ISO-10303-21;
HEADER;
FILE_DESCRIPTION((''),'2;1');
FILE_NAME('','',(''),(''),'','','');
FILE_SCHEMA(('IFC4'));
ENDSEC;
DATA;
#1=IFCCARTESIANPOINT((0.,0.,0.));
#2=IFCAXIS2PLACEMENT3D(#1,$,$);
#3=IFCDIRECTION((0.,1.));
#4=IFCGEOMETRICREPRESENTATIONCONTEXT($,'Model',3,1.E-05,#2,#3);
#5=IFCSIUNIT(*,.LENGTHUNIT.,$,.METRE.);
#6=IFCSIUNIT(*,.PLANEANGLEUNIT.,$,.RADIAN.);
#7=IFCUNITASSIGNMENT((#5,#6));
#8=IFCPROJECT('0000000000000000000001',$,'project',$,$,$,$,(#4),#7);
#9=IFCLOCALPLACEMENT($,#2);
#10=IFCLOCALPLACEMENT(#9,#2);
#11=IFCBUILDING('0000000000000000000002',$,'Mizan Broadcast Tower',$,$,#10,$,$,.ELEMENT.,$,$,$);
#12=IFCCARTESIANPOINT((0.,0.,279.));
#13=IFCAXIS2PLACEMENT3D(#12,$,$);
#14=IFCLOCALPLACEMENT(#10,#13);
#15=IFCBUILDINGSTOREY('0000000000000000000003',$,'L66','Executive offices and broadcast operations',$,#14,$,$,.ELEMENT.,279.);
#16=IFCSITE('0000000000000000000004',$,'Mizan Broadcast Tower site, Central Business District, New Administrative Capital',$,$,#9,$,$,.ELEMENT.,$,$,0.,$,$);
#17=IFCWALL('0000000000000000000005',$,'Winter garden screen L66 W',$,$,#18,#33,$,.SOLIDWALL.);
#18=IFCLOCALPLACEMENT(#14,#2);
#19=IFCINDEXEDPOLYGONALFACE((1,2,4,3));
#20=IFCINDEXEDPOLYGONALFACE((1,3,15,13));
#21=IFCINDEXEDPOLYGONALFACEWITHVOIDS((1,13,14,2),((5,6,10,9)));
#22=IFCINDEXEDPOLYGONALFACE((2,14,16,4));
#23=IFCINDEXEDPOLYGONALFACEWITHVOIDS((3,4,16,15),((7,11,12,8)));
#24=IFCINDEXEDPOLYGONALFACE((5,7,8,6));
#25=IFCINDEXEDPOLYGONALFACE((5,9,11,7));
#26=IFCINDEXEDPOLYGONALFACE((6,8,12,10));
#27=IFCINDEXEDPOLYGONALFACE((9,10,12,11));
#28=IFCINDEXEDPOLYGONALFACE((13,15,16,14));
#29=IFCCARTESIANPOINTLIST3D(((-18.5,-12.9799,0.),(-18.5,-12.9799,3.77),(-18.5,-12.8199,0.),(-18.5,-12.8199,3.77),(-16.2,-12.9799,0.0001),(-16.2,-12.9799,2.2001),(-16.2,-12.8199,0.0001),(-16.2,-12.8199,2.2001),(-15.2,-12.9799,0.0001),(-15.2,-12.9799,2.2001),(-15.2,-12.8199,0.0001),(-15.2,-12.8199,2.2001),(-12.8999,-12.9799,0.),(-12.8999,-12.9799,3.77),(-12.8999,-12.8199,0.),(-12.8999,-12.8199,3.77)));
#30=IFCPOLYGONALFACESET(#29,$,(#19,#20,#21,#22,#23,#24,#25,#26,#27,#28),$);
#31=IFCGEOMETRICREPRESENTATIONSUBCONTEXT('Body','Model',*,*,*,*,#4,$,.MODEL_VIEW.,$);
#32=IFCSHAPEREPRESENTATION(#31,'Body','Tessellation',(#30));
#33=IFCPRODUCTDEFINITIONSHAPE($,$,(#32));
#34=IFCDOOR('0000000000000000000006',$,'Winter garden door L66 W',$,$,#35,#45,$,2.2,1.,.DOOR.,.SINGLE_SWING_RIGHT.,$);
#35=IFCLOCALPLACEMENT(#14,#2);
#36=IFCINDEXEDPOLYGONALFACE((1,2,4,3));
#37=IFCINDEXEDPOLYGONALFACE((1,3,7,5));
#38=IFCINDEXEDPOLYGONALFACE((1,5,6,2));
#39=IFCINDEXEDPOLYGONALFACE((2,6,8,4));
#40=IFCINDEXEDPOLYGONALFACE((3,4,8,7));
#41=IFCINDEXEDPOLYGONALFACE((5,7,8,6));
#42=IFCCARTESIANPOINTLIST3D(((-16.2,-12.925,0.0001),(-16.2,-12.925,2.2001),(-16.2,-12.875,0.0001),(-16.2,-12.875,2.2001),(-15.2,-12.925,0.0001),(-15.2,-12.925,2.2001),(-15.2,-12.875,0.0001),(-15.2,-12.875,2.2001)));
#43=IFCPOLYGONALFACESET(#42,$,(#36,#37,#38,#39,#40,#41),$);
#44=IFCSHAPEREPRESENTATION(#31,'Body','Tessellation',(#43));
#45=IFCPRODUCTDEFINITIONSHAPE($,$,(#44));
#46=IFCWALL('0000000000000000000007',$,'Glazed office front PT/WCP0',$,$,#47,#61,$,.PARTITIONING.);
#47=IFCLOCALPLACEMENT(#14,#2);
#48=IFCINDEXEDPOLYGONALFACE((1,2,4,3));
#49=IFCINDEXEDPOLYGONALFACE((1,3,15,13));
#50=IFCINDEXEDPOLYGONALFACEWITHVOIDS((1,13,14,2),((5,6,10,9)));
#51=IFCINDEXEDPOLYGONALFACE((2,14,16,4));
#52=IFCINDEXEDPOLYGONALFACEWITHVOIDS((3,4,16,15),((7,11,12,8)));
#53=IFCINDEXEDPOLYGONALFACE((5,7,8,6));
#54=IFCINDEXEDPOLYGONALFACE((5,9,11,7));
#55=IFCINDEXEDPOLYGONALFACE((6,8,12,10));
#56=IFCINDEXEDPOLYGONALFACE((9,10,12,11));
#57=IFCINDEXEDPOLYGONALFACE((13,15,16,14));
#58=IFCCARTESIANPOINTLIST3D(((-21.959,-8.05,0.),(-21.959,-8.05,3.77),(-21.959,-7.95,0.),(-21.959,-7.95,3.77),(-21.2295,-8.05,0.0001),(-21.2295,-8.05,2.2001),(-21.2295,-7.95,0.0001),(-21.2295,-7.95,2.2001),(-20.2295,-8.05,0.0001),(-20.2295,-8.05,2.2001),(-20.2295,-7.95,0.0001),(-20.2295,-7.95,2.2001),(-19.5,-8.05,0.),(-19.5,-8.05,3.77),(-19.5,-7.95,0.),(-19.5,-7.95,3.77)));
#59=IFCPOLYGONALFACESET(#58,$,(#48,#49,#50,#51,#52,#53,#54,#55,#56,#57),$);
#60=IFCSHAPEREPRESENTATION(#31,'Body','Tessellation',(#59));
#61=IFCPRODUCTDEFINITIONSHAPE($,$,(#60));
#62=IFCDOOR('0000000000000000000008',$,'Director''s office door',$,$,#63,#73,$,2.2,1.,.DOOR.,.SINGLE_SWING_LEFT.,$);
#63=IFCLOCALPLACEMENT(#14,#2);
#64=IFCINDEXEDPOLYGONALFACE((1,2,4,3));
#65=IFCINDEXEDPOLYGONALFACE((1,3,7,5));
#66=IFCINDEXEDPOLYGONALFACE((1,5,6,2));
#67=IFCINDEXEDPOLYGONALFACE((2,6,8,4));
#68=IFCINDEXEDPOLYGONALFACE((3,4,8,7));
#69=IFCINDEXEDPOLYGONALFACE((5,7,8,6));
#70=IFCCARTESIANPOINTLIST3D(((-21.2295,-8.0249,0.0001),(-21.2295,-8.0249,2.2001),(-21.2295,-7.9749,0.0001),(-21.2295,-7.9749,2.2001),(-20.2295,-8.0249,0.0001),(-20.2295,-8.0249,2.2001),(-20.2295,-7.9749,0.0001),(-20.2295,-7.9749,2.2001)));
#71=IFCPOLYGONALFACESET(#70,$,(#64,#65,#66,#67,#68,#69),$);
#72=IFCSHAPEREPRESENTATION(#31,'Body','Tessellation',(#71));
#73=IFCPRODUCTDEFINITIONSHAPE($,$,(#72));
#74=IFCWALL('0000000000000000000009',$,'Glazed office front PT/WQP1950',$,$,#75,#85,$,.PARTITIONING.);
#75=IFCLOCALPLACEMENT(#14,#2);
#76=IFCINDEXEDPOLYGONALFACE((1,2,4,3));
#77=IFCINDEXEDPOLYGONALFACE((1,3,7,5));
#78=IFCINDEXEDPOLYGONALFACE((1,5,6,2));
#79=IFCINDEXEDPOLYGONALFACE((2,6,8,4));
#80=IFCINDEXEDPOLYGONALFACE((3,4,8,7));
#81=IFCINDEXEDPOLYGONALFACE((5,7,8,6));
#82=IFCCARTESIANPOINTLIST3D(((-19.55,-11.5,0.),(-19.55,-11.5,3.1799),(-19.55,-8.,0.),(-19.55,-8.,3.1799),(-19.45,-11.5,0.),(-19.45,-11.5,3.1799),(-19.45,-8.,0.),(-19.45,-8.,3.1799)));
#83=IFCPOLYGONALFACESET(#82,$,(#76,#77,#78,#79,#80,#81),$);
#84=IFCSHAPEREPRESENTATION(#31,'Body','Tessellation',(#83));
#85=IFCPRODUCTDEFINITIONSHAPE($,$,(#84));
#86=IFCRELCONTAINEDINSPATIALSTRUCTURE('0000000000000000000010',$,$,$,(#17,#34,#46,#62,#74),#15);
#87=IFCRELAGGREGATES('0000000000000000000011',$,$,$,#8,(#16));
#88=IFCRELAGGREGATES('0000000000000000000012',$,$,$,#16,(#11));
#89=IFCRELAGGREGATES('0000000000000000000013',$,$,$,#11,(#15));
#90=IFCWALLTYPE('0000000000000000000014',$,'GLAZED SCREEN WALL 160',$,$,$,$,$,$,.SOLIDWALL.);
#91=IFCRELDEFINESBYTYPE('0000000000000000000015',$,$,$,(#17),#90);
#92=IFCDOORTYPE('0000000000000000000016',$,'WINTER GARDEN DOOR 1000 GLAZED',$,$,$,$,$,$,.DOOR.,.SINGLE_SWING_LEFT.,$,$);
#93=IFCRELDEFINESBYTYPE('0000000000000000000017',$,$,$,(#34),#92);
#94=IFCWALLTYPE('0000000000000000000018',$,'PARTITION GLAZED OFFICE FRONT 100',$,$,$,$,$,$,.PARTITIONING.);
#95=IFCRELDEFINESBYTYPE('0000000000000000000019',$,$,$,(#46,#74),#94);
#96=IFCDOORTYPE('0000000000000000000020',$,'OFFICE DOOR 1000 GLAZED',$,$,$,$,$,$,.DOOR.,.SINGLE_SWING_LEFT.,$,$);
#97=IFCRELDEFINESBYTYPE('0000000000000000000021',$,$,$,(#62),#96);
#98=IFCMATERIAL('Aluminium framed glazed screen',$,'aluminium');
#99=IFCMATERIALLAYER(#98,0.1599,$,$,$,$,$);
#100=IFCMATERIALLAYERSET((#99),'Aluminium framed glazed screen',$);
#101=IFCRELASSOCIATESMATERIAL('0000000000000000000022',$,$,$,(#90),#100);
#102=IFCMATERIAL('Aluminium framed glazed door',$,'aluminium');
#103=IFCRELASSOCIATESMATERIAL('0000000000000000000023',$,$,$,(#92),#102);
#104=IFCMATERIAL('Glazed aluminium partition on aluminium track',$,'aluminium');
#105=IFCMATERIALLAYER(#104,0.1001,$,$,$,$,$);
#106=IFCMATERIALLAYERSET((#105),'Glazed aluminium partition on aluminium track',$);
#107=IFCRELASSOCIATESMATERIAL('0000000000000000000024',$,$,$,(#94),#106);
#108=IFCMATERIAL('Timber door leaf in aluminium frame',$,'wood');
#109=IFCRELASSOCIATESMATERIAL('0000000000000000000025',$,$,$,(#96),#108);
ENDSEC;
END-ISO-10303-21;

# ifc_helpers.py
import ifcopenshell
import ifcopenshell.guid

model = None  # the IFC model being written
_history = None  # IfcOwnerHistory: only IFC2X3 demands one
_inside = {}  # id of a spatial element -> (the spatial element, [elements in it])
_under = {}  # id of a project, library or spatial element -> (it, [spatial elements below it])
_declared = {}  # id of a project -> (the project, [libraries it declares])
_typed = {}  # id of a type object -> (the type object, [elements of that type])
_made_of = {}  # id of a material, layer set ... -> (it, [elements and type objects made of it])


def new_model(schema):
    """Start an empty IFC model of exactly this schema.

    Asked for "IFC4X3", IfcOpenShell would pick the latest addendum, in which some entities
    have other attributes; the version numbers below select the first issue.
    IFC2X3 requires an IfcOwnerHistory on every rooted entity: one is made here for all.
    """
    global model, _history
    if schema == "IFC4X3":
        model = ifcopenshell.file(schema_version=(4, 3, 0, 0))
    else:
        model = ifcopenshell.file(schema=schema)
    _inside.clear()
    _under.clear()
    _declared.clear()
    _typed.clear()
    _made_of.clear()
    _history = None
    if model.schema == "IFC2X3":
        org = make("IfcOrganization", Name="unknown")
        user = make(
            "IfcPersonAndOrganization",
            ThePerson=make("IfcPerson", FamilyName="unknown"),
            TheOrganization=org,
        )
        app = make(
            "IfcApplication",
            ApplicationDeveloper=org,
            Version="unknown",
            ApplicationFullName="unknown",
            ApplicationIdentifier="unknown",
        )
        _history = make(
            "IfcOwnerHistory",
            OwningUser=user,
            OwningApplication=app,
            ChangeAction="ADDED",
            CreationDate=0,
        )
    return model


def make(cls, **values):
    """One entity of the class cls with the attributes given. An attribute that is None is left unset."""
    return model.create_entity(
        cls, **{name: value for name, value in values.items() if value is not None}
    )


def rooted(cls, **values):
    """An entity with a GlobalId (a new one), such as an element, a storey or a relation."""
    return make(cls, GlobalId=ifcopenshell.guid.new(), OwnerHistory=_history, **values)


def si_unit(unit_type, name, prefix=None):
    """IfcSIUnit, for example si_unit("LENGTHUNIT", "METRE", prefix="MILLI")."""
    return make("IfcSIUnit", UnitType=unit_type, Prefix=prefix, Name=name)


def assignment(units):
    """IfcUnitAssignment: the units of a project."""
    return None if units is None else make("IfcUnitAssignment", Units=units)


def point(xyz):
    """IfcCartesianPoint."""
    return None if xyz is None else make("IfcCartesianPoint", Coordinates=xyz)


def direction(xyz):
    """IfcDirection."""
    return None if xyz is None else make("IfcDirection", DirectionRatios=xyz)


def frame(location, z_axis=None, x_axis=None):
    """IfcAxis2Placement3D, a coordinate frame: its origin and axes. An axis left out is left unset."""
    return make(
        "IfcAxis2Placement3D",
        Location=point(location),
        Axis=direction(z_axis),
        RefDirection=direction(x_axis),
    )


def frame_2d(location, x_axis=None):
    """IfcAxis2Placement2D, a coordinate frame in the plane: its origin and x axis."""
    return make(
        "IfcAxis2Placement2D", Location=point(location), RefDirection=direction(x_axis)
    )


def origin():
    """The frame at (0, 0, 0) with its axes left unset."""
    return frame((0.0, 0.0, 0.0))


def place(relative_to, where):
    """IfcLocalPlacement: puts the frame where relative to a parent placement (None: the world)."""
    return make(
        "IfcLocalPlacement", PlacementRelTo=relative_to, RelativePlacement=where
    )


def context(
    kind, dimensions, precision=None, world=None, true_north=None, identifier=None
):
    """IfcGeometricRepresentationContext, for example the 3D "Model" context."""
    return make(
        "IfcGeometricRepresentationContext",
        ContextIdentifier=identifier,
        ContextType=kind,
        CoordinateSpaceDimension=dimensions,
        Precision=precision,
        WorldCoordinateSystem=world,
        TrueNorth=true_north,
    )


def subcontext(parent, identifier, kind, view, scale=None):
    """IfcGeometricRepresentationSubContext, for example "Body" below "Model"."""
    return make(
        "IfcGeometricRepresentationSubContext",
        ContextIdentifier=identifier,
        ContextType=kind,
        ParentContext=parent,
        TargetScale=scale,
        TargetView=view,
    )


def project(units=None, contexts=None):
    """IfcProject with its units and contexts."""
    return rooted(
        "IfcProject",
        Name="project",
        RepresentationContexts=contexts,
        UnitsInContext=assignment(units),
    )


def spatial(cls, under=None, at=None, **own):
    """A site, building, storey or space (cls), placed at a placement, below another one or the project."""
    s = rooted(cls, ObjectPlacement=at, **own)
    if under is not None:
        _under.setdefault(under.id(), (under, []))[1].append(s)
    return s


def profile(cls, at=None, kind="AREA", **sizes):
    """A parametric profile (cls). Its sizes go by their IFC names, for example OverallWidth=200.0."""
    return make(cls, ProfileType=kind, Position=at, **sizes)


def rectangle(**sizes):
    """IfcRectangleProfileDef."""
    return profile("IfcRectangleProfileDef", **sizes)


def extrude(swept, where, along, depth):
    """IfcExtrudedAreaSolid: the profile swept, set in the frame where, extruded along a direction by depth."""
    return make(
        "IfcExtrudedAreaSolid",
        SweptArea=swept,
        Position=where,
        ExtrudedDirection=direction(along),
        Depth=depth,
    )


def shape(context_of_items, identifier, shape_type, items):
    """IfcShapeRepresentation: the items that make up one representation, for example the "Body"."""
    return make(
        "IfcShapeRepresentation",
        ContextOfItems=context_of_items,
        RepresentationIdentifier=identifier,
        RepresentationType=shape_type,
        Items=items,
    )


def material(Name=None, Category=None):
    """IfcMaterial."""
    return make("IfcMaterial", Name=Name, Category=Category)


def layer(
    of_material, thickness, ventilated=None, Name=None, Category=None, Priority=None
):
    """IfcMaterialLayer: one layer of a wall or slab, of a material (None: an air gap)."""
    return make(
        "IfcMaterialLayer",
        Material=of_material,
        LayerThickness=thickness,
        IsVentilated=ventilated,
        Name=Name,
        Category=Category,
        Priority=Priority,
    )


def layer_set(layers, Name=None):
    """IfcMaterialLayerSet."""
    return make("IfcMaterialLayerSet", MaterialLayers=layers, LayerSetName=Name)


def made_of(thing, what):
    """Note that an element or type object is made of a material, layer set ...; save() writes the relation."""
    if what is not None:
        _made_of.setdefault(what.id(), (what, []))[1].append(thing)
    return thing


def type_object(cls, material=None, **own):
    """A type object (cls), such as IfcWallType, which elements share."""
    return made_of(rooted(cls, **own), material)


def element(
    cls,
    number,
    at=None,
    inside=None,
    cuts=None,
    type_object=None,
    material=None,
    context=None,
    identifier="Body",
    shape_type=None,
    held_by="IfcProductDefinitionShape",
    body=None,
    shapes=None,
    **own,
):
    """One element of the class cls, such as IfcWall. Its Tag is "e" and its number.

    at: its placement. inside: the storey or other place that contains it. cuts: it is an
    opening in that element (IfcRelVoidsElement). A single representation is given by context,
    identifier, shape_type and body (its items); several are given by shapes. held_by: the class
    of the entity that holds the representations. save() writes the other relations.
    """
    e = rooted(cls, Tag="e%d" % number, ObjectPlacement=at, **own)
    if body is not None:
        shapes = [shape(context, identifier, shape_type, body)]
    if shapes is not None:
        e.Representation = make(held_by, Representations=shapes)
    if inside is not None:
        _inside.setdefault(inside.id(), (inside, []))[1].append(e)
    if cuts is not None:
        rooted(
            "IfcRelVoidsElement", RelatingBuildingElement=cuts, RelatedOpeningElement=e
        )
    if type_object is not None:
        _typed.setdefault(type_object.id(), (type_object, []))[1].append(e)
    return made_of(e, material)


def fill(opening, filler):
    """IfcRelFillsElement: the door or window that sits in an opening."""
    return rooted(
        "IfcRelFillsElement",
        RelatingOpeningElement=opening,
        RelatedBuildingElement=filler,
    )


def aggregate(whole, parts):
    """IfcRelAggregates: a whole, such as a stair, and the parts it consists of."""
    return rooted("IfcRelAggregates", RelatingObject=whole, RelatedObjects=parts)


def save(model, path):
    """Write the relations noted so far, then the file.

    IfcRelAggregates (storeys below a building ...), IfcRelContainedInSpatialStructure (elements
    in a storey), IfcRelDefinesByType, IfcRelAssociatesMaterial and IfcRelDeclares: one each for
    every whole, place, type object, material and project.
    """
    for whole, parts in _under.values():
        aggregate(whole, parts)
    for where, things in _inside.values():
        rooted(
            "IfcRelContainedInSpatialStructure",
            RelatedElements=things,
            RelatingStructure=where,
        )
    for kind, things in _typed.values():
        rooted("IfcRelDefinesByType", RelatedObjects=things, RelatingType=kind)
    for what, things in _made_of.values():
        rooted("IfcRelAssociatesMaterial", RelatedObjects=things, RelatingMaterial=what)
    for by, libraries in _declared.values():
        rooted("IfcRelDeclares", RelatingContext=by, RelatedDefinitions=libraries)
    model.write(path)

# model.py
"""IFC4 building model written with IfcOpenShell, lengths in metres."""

from ifc_helpers import new_model, si_unit, direction, frame, frame_2d, origin, place, context, subcontext, project, spatial, rectangle, extrude, material, layer, layer_set, type_object, element, fill, save


model = new_model("IFC4")

# Units and contexts
model_context = context("Model", 3, precision=1e-05, world=origin(), true_north=direction((0.0, 1.0)))
body_context = subcontext(model_context, "Body", "Model", "MODEL_VIEW")
ifc_project = project(units=[si_unit("LENGTHUNIT", "METRE"), si_unit("PLANEANGLEUNIT", "RADIAN")], contexts=[model_context])

# Site, building, storey
site_placement = place(None, origin())
site = spatial("IfcSite", under=ifc_project, at=site_placement, Name="Mizan Broadcast Tower site, Central Business District, New Administrative Capital", CompositionType="ELEMENT", RefElevation=0.0)
building_placement = place(site_placement, origin())
building = spatial("IfcBuilding", under=site, at=building_placement, Name="Mizan Broadcast Tower", CompositionType="ELEMENT")
storey_placement = place(building_placement, frame((0.0, 0.0, 279.0)))
storey = spatial("IfcBuildingStorey", under=building, at=storey_placement, Name="L66", Description="Executive offices and broadcast operations", CompositionType="ELEMENT", Elevation=279.0)

# Walls, openings, doors
ifc_material_1 = material(Name="Aluminium framed glazed screen", Category="aluminium")
ifc_layer_1 = layer(ifc_material_1, 0.1599)
ifc_layer_set_1 = layer_set([ifc_layer_1], Name="Aluminium framed glazed screen")
wall_type_1 = type_object("IfcWallType", Name="GLAZED SCREEN WALL 160", PredefinedType="SOLIDWALL", material=ifc_layer_set_1)
wall_1_placement = place(storey_placement, frame((-18.5, -12.8999, 0.0), z_axis=(0.0, 0.0, 1.0), x_axis=(1.0, 0.0, 0.0)))
wall_1 = element("IfcWall", 1, at=wall_1_placement, inside=storey, type_object=wall_type_1, Name="Winter garden screen L66 W", PredefinedType="SOLIDWALL", context=body_context, shape_type="SweptSolid", body=[
    extrude(rectangle(XDim=5.6001, YDim=0.1599, at=frame_2d((2.8, 0.0))), origin(), (0.0, 0.0, 1.0), 3.77),
])
opening_1_placement = place(wall_1_placement, frame((2.3, 0.0, 0.0)))
opening_1 = element("IfcOpeningElement", 2, at=opening_1_placement, cuts=wall_1, PredefinedType="OPENING", context=body_context, shape_type="SweptSolid", body=[
    extrude(rectangle(XDim=1.0, YDim=2.2, at=frame_2d((0.5, 1.1001))), frame((0.0, 0.0898, 0.0), z_axis=(0.0, -1.0, 0.0), x_axis=(1.0, 0.0, 0.0)), (0.0, 0.0, 1.0), 0.1799),
])
ifc_material_2 = material(Name="Aluminium framed glazed door", Category="aluminium")
door_type_1 = type_object("IfcDoorType", Name="WINTER GARDEN DOOR 1000 GLAZED", OperationType="SINGLE_SWING_LEFT", PredefinedType="DOOR", material=ifc_material_2)
door_1_placement = place(opening_1_placement, origin())
door_1 = element("IfcDoor", 3, at=door_1_placement, inside=storey, type_object=door_type_1, Name="Winter garden door L66 W", OperationType="SINGLE_SWING_RIGHT", OverallHeight=2.2, OverallWidth=1.0, PredefinedType="DOOR", context=body_context, shape_type="SweptSolid", body=[
    extrude(rectangle(XDim=1.0, YDim=2.2, at=frame_2d((0.5, 1.1001))), frame((0.0, 0.0249, 0.0), z_axis=(0.0, -1.0, 0.0), x_axis=(1.0, 0.0, 0.0)), (0.0, 0.0, 1.0), 0.05),
])
fill(opening_1, door_1)
ifc_material_3 = material(Name="Glazed aluminium partition on aluminium track", Category="aluminium")
ifc_layer_2 = layer(ifc_material_3, 0.1001)
ifc_layer_set_2 = layer_set([ifc_layer_2], Name="Glazed aluminium partition on aluminium track")
wall_type_2 = type_object("IfcWallType", Name="PARTITION GLAZED OFFICE FRONT 100", PredefinedType="PARTITIONING", material=ifc_layer_set_2)
wall_2_placement = place(storey_placement, frame((-19.5, -8.0, 0.0), z_axis=(0.0, 0.0, 1.0), x_axis=(-1.0, 0.0, 0.0)))
wall_2 = element("IfcWall", 4, at=wall_2_placement, inside=storey, type_object=wall_type_2, Name="Glazed office front PT/WCP0", PredefinedType="PARTITIONING", context=body_context, shape_type="SweptSolid", body=[
    extrude(rectangle(XDim=2.459, YDim=0.1001, at=frame_2d((1.2295, 0.0))), origin(), (0.0, 0.0, 1.0), 3.77),
])
opening_2_placement = place(wall_2_placement, frame((0.7295, 0.0, 0.0)))
opening_2 = element("IfcOpeningElement", 5, at=opening_2_placement, cuts=wall_2, PredefinedType="OPENING", context=body_context, shape_type="SweptSolid", body=[
    extrude(rectangle(XDim=1.0, YDim=2.2, at=frame_2d((0.5, 1.1001))), frame((0.0, 0.0601, 0.0), z_axis=(0.0, -1.0, 0.0), x_axis=(1.0, 0.0, 0.0)), (0.0, 0.0, 1.0), 0.1201),
])
ifc_material_4 = material(Name="Timber door leaf in aluminium frame", Category="wood")
door_type_2 = type_object("IfcDoorType", Name="OFFICE DOOR 1000 GLAZED", OperationType="SINGLE_SWING_LEFT", PredefinedType="DOOR", material=ifc_material_4)
door_2_placement = place(opening_2_placement, origin())
door_2 = element("IfcDoor", 6, at=door_2_placement, inside=storey, type_object=door_type_2, Name="Director's office door", OperationType="SINGLE_SWING_LEFT", OverallHeight=2.2, OverallWidth=1.0, PredefinedType="DOOR", context=body_context, shape_type="SweptSolid", body=[
    extrude(rectangle(XDim=1.0, YDim=2.2, at=frame_2d((0.5, 1.1001))), frame((0.0, 0.0249, 0.0), z_axis=(0.0, -1.0, 0.0), x_axis=(1.0, 0.0, 0.0)), (0.0, 0.0, 1.0), 0.05),
])
fill(opening_2, door_2)

# Wall
wall_3_placement = place(storey_placement, frame((-19.5, -8.0, 0.0), z_axis=(0.0, 0.0, 1.0), x_axis=(0.0, -1.0, 0.0)))
element("IfcWall", 7, at=wall_3_placement, inside=storey, type_object=wall_type_2, Name="Glazed office front PT/WQP1950", PredefinedType="PARTITIONING", context=body_context, shape_type="SweptSolid", body=[
    extrude(rectangle(XDim=3.5, YDim=0.1001, at=frame_2d((1.75, 0.0))), origin(), (0.0, 0.0, 1.0), 3.1799),
])

save(model, "model.ifc")
